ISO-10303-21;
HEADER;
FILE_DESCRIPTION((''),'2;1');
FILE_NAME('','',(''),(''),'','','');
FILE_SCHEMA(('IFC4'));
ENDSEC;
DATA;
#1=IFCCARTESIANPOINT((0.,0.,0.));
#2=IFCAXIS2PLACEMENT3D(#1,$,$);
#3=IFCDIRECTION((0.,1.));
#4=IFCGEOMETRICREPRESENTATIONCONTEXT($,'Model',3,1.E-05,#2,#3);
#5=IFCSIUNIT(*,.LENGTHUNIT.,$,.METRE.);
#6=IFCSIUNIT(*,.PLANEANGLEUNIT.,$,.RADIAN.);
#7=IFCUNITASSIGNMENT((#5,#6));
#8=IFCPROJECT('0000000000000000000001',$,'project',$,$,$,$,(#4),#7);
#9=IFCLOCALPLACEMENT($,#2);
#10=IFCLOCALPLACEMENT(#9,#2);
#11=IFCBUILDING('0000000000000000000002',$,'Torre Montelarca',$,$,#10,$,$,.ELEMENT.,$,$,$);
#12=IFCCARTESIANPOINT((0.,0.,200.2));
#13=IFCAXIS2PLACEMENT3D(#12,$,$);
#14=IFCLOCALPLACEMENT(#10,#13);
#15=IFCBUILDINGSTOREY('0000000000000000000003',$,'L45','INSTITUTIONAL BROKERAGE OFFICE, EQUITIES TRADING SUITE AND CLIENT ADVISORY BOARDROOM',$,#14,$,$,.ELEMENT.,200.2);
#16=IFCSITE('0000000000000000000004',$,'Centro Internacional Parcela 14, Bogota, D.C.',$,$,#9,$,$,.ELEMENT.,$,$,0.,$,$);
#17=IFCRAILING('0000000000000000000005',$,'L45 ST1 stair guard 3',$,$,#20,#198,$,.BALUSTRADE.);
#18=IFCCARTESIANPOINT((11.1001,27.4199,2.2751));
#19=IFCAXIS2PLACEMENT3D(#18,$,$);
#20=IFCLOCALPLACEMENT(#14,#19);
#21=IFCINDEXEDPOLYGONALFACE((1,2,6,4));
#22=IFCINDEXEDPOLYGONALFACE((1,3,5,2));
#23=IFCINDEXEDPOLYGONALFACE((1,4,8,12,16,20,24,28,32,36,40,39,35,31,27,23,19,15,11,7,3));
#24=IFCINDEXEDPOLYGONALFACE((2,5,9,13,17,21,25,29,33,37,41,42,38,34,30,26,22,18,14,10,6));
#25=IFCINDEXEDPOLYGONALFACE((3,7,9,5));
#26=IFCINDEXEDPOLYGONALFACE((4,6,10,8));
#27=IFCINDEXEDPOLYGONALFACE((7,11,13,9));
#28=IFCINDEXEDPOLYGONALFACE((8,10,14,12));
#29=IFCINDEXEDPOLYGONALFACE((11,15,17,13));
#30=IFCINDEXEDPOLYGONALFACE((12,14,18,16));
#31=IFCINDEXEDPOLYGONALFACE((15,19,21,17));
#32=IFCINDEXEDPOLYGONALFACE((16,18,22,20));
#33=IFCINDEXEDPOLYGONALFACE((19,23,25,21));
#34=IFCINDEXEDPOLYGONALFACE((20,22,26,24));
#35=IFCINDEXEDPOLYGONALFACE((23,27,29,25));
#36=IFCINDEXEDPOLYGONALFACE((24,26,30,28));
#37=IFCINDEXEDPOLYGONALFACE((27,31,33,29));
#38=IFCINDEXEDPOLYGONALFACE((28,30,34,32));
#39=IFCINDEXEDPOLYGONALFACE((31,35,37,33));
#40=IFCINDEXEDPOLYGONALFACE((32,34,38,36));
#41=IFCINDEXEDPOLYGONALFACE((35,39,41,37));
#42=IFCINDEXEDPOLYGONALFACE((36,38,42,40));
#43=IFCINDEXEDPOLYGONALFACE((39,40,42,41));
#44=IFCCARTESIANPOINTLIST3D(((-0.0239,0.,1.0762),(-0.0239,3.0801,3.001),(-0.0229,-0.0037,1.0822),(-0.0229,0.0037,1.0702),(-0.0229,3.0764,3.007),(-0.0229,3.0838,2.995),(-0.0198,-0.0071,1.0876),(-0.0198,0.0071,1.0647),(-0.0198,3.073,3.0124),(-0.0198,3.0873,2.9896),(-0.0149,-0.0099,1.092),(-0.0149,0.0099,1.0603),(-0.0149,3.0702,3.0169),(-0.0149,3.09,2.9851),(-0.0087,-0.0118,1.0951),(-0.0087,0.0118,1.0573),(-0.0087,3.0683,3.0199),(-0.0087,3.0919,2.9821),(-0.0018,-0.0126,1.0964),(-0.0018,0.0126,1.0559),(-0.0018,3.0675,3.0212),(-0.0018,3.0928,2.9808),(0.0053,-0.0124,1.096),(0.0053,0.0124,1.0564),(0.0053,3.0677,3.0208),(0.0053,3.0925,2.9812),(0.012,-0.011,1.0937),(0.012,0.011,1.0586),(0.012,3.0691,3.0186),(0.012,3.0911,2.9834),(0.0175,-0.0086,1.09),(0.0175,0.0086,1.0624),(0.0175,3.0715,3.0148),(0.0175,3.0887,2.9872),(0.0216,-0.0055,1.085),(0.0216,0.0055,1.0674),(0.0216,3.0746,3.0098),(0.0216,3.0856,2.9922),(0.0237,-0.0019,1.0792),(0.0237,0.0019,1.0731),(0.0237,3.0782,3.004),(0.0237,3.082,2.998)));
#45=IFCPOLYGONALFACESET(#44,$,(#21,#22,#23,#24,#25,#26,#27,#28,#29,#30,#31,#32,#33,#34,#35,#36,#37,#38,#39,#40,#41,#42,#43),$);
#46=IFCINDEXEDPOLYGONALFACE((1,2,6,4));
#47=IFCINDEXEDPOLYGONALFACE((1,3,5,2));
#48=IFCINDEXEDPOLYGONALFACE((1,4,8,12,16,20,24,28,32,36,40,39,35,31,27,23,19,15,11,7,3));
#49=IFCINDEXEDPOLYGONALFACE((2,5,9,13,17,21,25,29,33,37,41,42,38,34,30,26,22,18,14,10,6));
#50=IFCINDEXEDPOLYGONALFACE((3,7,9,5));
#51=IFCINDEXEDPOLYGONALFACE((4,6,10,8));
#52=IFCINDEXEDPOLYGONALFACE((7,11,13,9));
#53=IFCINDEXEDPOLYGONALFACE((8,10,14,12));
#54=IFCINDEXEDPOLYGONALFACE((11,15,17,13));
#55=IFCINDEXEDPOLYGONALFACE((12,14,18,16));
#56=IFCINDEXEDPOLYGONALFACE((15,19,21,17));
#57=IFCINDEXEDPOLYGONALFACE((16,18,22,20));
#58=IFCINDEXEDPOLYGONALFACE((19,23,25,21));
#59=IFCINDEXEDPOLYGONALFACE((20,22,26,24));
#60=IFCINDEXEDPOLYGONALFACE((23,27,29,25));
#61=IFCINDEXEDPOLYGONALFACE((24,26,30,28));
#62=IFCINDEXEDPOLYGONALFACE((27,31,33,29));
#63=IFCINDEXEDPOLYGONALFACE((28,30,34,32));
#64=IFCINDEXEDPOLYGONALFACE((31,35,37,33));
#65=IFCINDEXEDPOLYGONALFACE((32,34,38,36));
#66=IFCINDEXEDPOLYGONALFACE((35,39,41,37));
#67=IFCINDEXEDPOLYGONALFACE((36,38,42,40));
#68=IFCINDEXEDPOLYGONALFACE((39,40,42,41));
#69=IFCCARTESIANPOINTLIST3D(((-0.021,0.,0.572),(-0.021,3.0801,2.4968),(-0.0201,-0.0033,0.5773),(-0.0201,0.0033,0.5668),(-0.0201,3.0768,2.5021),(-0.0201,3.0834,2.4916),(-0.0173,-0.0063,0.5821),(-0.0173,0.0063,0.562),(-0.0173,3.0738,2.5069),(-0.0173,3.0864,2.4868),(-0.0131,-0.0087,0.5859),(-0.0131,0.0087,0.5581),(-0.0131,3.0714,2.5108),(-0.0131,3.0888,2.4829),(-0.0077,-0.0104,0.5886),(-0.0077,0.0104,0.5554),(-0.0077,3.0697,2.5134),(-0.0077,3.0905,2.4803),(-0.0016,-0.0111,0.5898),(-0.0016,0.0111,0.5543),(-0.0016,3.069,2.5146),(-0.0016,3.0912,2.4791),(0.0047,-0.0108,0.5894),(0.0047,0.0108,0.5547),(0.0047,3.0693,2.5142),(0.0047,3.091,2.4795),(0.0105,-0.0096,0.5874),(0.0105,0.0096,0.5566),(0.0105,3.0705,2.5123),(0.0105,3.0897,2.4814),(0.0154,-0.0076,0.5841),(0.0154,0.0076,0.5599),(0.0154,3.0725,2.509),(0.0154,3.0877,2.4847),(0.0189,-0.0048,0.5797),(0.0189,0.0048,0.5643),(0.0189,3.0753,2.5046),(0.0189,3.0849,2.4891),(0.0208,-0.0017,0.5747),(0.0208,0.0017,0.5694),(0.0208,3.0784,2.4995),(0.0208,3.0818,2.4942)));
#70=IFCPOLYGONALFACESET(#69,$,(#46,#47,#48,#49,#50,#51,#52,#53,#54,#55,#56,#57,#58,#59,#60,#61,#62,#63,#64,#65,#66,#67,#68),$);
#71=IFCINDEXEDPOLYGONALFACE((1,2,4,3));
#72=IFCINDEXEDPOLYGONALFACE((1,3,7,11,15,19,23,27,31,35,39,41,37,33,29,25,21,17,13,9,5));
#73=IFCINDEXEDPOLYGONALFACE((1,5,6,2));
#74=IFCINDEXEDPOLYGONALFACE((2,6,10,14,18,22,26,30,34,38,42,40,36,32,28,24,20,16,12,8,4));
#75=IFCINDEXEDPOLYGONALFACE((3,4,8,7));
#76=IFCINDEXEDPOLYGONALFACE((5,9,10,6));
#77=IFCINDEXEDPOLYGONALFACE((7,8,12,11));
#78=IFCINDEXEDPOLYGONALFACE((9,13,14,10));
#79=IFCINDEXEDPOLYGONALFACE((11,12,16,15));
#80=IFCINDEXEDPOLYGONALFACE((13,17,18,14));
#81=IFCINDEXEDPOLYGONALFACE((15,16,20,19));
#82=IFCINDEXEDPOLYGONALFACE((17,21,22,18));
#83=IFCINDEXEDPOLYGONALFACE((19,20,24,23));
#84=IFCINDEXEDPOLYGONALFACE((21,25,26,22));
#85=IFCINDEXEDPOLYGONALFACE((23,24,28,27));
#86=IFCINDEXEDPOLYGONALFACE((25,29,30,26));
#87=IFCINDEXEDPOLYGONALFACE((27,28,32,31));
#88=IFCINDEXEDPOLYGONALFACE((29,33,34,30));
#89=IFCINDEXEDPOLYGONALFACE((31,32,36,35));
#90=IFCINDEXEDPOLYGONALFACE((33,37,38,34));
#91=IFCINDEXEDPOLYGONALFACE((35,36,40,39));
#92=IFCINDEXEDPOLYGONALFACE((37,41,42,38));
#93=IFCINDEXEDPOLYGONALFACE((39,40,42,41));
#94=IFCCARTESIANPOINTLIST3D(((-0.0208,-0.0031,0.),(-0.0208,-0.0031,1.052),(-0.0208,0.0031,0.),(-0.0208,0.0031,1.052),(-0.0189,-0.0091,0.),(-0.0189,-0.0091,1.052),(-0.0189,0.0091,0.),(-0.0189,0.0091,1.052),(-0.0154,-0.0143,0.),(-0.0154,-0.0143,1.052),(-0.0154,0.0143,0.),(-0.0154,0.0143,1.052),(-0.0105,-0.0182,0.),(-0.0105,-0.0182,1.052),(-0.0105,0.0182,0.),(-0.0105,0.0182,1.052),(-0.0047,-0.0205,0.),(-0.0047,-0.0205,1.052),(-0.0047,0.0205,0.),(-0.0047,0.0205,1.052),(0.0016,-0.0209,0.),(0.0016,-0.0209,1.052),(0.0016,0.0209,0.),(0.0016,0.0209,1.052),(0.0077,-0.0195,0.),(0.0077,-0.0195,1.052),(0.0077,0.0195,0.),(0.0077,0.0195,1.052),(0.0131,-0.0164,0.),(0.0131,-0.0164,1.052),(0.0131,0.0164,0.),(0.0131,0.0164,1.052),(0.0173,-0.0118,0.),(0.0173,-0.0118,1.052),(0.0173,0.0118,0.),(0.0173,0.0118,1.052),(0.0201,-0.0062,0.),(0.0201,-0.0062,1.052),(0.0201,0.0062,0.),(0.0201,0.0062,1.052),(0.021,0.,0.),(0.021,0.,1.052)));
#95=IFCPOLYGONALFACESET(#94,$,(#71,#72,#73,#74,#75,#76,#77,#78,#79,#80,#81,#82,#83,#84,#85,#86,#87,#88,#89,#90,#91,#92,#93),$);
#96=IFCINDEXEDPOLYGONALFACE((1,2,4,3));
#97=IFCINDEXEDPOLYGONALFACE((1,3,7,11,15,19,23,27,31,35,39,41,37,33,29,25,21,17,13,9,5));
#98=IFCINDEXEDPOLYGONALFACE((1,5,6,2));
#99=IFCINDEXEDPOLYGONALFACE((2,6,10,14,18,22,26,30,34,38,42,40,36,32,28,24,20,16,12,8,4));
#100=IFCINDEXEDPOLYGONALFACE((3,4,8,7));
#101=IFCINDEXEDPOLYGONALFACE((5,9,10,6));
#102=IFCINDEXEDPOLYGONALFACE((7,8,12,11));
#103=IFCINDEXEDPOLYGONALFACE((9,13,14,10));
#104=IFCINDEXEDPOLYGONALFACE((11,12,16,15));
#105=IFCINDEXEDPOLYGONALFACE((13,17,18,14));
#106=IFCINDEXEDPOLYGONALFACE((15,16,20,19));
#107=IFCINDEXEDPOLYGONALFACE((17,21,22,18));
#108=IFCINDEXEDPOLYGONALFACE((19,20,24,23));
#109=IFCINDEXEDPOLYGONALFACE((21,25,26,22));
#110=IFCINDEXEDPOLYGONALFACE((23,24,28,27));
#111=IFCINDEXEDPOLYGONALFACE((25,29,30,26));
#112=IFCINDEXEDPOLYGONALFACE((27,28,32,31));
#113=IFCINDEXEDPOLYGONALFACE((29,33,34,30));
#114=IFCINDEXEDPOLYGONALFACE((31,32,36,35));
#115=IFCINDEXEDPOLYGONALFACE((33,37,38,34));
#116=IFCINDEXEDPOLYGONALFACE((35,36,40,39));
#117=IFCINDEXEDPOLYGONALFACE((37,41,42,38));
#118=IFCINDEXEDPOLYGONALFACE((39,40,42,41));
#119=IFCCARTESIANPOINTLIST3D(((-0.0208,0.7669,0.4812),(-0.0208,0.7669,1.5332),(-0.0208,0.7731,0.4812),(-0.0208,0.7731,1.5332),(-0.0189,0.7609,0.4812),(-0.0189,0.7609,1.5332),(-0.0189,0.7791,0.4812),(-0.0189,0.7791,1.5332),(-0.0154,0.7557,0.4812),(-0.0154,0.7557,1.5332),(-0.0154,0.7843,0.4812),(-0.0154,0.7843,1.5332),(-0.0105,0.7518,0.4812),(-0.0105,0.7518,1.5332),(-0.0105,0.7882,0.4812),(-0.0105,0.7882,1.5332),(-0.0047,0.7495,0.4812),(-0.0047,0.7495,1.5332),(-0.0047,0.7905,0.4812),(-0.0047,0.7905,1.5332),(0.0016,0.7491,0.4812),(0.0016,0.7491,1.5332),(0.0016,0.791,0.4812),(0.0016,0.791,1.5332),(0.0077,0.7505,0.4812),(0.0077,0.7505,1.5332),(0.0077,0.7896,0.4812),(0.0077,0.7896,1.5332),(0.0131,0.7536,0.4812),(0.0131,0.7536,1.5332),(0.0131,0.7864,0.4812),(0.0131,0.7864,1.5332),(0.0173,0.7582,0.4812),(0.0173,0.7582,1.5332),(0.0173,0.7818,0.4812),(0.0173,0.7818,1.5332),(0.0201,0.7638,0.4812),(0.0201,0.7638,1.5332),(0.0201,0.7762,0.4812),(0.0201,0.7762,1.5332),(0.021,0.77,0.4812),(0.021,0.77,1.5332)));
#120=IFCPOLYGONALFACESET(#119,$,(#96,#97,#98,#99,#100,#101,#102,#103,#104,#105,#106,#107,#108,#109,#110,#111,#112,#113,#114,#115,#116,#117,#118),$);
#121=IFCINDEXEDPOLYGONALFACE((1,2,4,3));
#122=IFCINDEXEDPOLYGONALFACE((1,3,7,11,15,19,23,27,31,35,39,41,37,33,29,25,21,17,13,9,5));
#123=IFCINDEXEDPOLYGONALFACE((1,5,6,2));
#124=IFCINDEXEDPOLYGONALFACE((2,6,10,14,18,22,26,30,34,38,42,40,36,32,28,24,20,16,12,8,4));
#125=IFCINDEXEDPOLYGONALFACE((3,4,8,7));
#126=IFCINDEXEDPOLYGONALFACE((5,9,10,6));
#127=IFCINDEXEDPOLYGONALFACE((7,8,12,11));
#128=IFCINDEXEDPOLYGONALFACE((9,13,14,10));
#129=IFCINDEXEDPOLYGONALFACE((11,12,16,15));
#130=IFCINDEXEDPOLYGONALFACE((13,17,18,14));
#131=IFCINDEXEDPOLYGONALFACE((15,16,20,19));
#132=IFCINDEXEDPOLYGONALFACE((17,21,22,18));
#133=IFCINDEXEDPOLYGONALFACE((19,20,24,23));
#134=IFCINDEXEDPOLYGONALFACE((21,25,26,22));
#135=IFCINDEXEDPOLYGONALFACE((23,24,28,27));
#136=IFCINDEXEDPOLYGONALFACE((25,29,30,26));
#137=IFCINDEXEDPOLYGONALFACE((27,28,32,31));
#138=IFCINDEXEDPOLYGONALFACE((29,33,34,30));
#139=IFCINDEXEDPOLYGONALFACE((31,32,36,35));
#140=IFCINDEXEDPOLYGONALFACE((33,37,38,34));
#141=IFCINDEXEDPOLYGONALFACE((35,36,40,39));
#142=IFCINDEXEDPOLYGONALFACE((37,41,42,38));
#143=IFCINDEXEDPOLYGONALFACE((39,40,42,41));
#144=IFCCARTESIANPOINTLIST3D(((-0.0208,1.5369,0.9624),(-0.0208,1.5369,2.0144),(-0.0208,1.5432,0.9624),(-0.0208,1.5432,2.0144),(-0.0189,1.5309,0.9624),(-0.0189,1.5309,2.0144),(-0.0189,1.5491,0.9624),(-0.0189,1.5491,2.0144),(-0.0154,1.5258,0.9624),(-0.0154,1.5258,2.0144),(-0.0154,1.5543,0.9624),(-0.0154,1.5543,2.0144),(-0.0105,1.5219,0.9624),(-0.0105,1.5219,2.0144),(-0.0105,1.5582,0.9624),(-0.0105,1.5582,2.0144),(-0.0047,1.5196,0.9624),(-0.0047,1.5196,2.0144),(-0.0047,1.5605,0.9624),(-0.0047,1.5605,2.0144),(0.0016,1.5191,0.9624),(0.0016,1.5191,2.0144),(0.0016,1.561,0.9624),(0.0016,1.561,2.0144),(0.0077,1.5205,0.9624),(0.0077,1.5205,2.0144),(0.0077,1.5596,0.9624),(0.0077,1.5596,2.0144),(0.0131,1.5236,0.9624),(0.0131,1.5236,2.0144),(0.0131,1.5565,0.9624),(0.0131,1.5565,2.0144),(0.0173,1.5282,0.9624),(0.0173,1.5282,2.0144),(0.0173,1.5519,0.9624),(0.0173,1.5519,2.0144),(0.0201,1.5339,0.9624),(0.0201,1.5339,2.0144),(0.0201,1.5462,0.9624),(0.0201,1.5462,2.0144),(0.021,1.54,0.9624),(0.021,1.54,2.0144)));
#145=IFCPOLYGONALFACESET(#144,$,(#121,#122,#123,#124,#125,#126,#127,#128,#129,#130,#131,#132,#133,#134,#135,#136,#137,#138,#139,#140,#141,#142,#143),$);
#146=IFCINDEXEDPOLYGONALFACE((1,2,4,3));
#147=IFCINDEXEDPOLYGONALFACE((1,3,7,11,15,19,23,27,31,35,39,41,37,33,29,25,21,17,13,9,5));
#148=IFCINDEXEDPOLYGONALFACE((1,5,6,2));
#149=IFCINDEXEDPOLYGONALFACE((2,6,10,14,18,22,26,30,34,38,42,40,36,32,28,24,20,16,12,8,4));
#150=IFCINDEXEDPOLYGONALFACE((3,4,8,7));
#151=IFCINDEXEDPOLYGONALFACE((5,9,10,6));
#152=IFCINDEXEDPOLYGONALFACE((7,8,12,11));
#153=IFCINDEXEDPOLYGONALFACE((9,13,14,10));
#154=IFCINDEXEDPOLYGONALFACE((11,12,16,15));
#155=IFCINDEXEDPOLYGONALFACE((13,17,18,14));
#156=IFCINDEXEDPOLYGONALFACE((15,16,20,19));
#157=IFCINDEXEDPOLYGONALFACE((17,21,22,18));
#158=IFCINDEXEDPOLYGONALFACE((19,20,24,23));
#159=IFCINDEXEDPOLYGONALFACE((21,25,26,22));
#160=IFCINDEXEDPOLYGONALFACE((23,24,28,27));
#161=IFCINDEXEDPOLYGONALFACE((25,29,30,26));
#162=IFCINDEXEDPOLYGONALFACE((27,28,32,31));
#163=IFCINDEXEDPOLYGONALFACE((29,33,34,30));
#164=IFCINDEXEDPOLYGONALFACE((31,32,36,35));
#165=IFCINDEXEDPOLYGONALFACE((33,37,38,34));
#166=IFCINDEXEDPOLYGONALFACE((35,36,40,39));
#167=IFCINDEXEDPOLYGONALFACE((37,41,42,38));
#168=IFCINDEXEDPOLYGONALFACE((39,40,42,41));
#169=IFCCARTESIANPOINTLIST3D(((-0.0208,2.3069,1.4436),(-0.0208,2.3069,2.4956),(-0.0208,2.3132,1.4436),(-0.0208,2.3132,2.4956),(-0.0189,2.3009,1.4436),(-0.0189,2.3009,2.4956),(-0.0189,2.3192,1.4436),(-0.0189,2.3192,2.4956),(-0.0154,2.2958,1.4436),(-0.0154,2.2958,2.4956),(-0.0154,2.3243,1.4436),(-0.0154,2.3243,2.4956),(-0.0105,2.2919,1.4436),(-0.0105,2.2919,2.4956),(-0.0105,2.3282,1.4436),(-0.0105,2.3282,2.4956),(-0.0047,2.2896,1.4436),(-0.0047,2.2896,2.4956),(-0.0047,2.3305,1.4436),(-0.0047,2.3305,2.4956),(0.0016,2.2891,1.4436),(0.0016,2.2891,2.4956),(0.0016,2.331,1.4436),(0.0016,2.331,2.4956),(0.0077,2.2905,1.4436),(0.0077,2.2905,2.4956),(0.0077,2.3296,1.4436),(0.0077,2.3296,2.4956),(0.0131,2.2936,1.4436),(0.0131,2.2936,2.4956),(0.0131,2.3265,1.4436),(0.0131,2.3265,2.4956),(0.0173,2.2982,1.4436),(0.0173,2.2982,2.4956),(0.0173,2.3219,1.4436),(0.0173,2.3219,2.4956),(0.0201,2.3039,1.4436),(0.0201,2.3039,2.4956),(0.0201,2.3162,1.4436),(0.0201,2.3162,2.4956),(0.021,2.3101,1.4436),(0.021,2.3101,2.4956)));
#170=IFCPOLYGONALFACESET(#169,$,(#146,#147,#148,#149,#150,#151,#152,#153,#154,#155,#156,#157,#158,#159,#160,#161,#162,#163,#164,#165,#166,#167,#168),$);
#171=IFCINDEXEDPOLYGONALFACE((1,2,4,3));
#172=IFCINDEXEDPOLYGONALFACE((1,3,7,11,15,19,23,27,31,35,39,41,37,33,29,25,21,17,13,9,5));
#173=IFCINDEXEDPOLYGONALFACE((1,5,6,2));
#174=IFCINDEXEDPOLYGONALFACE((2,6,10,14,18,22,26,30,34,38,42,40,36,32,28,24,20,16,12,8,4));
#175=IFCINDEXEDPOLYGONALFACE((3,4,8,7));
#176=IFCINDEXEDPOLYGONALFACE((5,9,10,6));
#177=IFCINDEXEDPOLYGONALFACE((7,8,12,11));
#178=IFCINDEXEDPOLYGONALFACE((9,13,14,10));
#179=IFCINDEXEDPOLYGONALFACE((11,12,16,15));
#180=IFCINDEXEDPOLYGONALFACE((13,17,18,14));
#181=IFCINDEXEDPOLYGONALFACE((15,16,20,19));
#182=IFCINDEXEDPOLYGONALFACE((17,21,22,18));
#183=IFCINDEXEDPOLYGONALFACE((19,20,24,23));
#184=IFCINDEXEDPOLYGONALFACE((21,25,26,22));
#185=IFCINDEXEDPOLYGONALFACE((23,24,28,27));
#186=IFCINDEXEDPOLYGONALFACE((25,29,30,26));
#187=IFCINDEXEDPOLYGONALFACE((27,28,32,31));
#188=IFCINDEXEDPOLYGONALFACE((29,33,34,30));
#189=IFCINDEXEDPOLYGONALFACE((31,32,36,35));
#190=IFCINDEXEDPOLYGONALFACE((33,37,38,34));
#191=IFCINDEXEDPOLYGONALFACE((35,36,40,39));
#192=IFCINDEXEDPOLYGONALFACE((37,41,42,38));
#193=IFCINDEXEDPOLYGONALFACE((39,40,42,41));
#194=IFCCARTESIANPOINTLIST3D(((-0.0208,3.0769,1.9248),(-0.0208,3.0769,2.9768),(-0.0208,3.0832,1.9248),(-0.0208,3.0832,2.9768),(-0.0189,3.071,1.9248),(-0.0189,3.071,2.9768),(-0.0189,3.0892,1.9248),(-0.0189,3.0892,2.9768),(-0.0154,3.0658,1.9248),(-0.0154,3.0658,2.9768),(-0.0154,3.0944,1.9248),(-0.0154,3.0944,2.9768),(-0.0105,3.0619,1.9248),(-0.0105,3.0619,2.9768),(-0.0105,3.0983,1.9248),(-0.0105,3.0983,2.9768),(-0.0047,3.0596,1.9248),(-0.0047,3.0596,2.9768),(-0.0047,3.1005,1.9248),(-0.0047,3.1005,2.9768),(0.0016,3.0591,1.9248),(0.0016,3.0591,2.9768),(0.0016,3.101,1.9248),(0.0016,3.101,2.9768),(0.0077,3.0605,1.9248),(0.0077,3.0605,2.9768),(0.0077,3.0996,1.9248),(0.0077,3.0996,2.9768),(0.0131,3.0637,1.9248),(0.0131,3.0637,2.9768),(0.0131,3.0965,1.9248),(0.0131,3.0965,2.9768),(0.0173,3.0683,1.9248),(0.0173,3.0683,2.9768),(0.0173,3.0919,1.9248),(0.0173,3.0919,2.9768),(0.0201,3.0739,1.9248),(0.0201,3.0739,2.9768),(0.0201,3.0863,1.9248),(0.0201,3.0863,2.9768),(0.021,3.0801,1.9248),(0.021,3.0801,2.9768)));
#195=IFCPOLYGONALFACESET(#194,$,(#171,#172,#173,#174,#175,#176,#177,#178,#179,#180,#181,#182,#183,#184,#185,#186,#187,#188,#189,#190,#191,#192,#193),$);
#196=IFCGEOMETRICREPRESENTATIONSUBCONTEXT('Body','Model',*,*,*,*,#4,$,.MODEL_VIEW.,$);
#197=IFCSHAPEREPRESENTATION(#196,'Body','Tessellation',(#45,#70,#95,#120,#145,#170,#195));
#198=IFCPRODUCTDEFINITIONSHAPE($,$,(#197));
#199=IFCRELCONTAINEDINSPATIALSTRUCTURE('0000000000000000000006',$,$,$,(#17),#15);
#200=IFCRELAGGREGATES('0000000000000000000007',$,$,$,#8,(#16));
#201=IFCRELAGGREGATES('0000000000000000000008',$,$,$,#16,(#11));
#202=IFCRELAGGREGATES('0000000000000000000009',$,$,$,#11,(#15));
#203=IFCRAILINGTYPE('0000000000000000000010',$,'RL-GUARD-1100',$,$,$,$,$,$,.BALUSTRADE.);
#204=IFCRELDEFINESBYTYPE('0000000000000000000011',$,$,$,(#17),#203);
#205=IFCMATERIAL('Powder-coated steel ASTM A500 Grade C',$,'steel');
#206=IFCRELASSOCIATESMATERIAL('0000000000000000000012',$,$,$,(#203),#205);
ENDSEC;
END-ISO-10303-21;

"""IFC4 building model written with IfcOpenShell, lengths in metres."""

from ifc_helpers import new_model, si_unit, direction, frame, origin, origin_2d, place, context, subcontext, project, spatial, circle, extrude, material, type_object, element, save


model = new_model("IFC4")

# Units and contexts
model_context = context("Model", 3, precision=1e-05, world=origin(), true_north=direction((0.0, 1.0)))
body_context = subcontext(model_context, "Body", "Model", "MODEL_VIEW")
ifc_project = project(units=[si_unit("LENGTHUNIT", "METRE"), si_unit("PLANEANGLEUNIT", "RADIAN")], contexts=[model_context])

# Site, building, storey
site_placement = place(None, origin())
site = spatial("IfcSite", under=ifc_project, at=site_placement, Name="Centro Internacional Parcela 14, Bogota, D.C.", CompositionType="ELEMENT", RefElevation=0.0)
building_placement = place(site_placement, origin())
building = spatial("IfcBuilding", under=site, at=building_placement, Name="Torre Montelarca", CompositionType="ELEMENT")
storey_placement = place(building_placement, frame((0.0, 0.0, 200.2)))
storey = spatial("IfcBuildingStorey", under=building, at=storey_placement, Name="L45", Description="INSTITUTIONAL BROKERAGE OFFICE, EQUITIES TRADING SUITE AND CLIENT ADVISORY BOARDROOM", CompositionType="ELEMENT", Elevation=200.2)

# Railing
ifc_material_1 = material(Name="Powder-coated steel ASTM A500 Grade C", Category="steel")
railing_type_1 = type_object("IfcRailingType", Name="RL-GUARD-1100", PredefinedType="BALUSTRADE", material=ifc_material_1)
railing_1_placement = place(storey_placement, frame((11.1001, 27.4199, 2.2751)))
element("IfcRailing", 1, at=railing_1_placement, inside=storey, type_object=railing_type_1, Name="L45 ST1 stair guard 3", PredefinedType="BALUSTRADE", context=body_context, shape_type="SweptSolid", body=[
    extrude(circle(Radius=0.0239, at=origin_2d()), frame((0.0, 0.0, 1.0762), z_axis=(0.0, 0.848029, 0.529951), x_axis=(-1.0, 0.0, 0.0)), (0.0, 0.0, 1.0), 3.6321),
    extrude(circle(Radius=0.021, at=origin_2d()), frame((0.0, 0.0, 0.572), z_axis=(0.0, 0.848029, 0.529951), x_axis=(-1.0, 0.0, 0.0)), (0.0, 0.0, 1.0), 3.6321),
    extrude(circle(Radius=0.021, at=origin_2d()), origin(), (0.0, 0.0, 1.0), 1.052),
    extrude(circle(Radius=0.021, at=origin_2d()), frame((0.0, 0.77, 0.4812)), (0.0, 0.0, 1.0), 1.052),
    extrude(circle(Radius=0.021, at=origin_2d()), frame((0.0, 1.54, 0.9624)), (0.0, 0.0, 1.0), 1.052),
    extrude(circle(Radius=0.021, at=origin_2d()), frame((0.0, 2.3101, 1.4436)), (0.0, 0.0, 1.0), 1.052),
    extrude(circle(Radius=0.021, at=origin_2d()), frame((0.0, 3.0801, 1.9248)), (0.0, 0.0, 1.0), 1.052),
])

save(model, "model.ifc")
